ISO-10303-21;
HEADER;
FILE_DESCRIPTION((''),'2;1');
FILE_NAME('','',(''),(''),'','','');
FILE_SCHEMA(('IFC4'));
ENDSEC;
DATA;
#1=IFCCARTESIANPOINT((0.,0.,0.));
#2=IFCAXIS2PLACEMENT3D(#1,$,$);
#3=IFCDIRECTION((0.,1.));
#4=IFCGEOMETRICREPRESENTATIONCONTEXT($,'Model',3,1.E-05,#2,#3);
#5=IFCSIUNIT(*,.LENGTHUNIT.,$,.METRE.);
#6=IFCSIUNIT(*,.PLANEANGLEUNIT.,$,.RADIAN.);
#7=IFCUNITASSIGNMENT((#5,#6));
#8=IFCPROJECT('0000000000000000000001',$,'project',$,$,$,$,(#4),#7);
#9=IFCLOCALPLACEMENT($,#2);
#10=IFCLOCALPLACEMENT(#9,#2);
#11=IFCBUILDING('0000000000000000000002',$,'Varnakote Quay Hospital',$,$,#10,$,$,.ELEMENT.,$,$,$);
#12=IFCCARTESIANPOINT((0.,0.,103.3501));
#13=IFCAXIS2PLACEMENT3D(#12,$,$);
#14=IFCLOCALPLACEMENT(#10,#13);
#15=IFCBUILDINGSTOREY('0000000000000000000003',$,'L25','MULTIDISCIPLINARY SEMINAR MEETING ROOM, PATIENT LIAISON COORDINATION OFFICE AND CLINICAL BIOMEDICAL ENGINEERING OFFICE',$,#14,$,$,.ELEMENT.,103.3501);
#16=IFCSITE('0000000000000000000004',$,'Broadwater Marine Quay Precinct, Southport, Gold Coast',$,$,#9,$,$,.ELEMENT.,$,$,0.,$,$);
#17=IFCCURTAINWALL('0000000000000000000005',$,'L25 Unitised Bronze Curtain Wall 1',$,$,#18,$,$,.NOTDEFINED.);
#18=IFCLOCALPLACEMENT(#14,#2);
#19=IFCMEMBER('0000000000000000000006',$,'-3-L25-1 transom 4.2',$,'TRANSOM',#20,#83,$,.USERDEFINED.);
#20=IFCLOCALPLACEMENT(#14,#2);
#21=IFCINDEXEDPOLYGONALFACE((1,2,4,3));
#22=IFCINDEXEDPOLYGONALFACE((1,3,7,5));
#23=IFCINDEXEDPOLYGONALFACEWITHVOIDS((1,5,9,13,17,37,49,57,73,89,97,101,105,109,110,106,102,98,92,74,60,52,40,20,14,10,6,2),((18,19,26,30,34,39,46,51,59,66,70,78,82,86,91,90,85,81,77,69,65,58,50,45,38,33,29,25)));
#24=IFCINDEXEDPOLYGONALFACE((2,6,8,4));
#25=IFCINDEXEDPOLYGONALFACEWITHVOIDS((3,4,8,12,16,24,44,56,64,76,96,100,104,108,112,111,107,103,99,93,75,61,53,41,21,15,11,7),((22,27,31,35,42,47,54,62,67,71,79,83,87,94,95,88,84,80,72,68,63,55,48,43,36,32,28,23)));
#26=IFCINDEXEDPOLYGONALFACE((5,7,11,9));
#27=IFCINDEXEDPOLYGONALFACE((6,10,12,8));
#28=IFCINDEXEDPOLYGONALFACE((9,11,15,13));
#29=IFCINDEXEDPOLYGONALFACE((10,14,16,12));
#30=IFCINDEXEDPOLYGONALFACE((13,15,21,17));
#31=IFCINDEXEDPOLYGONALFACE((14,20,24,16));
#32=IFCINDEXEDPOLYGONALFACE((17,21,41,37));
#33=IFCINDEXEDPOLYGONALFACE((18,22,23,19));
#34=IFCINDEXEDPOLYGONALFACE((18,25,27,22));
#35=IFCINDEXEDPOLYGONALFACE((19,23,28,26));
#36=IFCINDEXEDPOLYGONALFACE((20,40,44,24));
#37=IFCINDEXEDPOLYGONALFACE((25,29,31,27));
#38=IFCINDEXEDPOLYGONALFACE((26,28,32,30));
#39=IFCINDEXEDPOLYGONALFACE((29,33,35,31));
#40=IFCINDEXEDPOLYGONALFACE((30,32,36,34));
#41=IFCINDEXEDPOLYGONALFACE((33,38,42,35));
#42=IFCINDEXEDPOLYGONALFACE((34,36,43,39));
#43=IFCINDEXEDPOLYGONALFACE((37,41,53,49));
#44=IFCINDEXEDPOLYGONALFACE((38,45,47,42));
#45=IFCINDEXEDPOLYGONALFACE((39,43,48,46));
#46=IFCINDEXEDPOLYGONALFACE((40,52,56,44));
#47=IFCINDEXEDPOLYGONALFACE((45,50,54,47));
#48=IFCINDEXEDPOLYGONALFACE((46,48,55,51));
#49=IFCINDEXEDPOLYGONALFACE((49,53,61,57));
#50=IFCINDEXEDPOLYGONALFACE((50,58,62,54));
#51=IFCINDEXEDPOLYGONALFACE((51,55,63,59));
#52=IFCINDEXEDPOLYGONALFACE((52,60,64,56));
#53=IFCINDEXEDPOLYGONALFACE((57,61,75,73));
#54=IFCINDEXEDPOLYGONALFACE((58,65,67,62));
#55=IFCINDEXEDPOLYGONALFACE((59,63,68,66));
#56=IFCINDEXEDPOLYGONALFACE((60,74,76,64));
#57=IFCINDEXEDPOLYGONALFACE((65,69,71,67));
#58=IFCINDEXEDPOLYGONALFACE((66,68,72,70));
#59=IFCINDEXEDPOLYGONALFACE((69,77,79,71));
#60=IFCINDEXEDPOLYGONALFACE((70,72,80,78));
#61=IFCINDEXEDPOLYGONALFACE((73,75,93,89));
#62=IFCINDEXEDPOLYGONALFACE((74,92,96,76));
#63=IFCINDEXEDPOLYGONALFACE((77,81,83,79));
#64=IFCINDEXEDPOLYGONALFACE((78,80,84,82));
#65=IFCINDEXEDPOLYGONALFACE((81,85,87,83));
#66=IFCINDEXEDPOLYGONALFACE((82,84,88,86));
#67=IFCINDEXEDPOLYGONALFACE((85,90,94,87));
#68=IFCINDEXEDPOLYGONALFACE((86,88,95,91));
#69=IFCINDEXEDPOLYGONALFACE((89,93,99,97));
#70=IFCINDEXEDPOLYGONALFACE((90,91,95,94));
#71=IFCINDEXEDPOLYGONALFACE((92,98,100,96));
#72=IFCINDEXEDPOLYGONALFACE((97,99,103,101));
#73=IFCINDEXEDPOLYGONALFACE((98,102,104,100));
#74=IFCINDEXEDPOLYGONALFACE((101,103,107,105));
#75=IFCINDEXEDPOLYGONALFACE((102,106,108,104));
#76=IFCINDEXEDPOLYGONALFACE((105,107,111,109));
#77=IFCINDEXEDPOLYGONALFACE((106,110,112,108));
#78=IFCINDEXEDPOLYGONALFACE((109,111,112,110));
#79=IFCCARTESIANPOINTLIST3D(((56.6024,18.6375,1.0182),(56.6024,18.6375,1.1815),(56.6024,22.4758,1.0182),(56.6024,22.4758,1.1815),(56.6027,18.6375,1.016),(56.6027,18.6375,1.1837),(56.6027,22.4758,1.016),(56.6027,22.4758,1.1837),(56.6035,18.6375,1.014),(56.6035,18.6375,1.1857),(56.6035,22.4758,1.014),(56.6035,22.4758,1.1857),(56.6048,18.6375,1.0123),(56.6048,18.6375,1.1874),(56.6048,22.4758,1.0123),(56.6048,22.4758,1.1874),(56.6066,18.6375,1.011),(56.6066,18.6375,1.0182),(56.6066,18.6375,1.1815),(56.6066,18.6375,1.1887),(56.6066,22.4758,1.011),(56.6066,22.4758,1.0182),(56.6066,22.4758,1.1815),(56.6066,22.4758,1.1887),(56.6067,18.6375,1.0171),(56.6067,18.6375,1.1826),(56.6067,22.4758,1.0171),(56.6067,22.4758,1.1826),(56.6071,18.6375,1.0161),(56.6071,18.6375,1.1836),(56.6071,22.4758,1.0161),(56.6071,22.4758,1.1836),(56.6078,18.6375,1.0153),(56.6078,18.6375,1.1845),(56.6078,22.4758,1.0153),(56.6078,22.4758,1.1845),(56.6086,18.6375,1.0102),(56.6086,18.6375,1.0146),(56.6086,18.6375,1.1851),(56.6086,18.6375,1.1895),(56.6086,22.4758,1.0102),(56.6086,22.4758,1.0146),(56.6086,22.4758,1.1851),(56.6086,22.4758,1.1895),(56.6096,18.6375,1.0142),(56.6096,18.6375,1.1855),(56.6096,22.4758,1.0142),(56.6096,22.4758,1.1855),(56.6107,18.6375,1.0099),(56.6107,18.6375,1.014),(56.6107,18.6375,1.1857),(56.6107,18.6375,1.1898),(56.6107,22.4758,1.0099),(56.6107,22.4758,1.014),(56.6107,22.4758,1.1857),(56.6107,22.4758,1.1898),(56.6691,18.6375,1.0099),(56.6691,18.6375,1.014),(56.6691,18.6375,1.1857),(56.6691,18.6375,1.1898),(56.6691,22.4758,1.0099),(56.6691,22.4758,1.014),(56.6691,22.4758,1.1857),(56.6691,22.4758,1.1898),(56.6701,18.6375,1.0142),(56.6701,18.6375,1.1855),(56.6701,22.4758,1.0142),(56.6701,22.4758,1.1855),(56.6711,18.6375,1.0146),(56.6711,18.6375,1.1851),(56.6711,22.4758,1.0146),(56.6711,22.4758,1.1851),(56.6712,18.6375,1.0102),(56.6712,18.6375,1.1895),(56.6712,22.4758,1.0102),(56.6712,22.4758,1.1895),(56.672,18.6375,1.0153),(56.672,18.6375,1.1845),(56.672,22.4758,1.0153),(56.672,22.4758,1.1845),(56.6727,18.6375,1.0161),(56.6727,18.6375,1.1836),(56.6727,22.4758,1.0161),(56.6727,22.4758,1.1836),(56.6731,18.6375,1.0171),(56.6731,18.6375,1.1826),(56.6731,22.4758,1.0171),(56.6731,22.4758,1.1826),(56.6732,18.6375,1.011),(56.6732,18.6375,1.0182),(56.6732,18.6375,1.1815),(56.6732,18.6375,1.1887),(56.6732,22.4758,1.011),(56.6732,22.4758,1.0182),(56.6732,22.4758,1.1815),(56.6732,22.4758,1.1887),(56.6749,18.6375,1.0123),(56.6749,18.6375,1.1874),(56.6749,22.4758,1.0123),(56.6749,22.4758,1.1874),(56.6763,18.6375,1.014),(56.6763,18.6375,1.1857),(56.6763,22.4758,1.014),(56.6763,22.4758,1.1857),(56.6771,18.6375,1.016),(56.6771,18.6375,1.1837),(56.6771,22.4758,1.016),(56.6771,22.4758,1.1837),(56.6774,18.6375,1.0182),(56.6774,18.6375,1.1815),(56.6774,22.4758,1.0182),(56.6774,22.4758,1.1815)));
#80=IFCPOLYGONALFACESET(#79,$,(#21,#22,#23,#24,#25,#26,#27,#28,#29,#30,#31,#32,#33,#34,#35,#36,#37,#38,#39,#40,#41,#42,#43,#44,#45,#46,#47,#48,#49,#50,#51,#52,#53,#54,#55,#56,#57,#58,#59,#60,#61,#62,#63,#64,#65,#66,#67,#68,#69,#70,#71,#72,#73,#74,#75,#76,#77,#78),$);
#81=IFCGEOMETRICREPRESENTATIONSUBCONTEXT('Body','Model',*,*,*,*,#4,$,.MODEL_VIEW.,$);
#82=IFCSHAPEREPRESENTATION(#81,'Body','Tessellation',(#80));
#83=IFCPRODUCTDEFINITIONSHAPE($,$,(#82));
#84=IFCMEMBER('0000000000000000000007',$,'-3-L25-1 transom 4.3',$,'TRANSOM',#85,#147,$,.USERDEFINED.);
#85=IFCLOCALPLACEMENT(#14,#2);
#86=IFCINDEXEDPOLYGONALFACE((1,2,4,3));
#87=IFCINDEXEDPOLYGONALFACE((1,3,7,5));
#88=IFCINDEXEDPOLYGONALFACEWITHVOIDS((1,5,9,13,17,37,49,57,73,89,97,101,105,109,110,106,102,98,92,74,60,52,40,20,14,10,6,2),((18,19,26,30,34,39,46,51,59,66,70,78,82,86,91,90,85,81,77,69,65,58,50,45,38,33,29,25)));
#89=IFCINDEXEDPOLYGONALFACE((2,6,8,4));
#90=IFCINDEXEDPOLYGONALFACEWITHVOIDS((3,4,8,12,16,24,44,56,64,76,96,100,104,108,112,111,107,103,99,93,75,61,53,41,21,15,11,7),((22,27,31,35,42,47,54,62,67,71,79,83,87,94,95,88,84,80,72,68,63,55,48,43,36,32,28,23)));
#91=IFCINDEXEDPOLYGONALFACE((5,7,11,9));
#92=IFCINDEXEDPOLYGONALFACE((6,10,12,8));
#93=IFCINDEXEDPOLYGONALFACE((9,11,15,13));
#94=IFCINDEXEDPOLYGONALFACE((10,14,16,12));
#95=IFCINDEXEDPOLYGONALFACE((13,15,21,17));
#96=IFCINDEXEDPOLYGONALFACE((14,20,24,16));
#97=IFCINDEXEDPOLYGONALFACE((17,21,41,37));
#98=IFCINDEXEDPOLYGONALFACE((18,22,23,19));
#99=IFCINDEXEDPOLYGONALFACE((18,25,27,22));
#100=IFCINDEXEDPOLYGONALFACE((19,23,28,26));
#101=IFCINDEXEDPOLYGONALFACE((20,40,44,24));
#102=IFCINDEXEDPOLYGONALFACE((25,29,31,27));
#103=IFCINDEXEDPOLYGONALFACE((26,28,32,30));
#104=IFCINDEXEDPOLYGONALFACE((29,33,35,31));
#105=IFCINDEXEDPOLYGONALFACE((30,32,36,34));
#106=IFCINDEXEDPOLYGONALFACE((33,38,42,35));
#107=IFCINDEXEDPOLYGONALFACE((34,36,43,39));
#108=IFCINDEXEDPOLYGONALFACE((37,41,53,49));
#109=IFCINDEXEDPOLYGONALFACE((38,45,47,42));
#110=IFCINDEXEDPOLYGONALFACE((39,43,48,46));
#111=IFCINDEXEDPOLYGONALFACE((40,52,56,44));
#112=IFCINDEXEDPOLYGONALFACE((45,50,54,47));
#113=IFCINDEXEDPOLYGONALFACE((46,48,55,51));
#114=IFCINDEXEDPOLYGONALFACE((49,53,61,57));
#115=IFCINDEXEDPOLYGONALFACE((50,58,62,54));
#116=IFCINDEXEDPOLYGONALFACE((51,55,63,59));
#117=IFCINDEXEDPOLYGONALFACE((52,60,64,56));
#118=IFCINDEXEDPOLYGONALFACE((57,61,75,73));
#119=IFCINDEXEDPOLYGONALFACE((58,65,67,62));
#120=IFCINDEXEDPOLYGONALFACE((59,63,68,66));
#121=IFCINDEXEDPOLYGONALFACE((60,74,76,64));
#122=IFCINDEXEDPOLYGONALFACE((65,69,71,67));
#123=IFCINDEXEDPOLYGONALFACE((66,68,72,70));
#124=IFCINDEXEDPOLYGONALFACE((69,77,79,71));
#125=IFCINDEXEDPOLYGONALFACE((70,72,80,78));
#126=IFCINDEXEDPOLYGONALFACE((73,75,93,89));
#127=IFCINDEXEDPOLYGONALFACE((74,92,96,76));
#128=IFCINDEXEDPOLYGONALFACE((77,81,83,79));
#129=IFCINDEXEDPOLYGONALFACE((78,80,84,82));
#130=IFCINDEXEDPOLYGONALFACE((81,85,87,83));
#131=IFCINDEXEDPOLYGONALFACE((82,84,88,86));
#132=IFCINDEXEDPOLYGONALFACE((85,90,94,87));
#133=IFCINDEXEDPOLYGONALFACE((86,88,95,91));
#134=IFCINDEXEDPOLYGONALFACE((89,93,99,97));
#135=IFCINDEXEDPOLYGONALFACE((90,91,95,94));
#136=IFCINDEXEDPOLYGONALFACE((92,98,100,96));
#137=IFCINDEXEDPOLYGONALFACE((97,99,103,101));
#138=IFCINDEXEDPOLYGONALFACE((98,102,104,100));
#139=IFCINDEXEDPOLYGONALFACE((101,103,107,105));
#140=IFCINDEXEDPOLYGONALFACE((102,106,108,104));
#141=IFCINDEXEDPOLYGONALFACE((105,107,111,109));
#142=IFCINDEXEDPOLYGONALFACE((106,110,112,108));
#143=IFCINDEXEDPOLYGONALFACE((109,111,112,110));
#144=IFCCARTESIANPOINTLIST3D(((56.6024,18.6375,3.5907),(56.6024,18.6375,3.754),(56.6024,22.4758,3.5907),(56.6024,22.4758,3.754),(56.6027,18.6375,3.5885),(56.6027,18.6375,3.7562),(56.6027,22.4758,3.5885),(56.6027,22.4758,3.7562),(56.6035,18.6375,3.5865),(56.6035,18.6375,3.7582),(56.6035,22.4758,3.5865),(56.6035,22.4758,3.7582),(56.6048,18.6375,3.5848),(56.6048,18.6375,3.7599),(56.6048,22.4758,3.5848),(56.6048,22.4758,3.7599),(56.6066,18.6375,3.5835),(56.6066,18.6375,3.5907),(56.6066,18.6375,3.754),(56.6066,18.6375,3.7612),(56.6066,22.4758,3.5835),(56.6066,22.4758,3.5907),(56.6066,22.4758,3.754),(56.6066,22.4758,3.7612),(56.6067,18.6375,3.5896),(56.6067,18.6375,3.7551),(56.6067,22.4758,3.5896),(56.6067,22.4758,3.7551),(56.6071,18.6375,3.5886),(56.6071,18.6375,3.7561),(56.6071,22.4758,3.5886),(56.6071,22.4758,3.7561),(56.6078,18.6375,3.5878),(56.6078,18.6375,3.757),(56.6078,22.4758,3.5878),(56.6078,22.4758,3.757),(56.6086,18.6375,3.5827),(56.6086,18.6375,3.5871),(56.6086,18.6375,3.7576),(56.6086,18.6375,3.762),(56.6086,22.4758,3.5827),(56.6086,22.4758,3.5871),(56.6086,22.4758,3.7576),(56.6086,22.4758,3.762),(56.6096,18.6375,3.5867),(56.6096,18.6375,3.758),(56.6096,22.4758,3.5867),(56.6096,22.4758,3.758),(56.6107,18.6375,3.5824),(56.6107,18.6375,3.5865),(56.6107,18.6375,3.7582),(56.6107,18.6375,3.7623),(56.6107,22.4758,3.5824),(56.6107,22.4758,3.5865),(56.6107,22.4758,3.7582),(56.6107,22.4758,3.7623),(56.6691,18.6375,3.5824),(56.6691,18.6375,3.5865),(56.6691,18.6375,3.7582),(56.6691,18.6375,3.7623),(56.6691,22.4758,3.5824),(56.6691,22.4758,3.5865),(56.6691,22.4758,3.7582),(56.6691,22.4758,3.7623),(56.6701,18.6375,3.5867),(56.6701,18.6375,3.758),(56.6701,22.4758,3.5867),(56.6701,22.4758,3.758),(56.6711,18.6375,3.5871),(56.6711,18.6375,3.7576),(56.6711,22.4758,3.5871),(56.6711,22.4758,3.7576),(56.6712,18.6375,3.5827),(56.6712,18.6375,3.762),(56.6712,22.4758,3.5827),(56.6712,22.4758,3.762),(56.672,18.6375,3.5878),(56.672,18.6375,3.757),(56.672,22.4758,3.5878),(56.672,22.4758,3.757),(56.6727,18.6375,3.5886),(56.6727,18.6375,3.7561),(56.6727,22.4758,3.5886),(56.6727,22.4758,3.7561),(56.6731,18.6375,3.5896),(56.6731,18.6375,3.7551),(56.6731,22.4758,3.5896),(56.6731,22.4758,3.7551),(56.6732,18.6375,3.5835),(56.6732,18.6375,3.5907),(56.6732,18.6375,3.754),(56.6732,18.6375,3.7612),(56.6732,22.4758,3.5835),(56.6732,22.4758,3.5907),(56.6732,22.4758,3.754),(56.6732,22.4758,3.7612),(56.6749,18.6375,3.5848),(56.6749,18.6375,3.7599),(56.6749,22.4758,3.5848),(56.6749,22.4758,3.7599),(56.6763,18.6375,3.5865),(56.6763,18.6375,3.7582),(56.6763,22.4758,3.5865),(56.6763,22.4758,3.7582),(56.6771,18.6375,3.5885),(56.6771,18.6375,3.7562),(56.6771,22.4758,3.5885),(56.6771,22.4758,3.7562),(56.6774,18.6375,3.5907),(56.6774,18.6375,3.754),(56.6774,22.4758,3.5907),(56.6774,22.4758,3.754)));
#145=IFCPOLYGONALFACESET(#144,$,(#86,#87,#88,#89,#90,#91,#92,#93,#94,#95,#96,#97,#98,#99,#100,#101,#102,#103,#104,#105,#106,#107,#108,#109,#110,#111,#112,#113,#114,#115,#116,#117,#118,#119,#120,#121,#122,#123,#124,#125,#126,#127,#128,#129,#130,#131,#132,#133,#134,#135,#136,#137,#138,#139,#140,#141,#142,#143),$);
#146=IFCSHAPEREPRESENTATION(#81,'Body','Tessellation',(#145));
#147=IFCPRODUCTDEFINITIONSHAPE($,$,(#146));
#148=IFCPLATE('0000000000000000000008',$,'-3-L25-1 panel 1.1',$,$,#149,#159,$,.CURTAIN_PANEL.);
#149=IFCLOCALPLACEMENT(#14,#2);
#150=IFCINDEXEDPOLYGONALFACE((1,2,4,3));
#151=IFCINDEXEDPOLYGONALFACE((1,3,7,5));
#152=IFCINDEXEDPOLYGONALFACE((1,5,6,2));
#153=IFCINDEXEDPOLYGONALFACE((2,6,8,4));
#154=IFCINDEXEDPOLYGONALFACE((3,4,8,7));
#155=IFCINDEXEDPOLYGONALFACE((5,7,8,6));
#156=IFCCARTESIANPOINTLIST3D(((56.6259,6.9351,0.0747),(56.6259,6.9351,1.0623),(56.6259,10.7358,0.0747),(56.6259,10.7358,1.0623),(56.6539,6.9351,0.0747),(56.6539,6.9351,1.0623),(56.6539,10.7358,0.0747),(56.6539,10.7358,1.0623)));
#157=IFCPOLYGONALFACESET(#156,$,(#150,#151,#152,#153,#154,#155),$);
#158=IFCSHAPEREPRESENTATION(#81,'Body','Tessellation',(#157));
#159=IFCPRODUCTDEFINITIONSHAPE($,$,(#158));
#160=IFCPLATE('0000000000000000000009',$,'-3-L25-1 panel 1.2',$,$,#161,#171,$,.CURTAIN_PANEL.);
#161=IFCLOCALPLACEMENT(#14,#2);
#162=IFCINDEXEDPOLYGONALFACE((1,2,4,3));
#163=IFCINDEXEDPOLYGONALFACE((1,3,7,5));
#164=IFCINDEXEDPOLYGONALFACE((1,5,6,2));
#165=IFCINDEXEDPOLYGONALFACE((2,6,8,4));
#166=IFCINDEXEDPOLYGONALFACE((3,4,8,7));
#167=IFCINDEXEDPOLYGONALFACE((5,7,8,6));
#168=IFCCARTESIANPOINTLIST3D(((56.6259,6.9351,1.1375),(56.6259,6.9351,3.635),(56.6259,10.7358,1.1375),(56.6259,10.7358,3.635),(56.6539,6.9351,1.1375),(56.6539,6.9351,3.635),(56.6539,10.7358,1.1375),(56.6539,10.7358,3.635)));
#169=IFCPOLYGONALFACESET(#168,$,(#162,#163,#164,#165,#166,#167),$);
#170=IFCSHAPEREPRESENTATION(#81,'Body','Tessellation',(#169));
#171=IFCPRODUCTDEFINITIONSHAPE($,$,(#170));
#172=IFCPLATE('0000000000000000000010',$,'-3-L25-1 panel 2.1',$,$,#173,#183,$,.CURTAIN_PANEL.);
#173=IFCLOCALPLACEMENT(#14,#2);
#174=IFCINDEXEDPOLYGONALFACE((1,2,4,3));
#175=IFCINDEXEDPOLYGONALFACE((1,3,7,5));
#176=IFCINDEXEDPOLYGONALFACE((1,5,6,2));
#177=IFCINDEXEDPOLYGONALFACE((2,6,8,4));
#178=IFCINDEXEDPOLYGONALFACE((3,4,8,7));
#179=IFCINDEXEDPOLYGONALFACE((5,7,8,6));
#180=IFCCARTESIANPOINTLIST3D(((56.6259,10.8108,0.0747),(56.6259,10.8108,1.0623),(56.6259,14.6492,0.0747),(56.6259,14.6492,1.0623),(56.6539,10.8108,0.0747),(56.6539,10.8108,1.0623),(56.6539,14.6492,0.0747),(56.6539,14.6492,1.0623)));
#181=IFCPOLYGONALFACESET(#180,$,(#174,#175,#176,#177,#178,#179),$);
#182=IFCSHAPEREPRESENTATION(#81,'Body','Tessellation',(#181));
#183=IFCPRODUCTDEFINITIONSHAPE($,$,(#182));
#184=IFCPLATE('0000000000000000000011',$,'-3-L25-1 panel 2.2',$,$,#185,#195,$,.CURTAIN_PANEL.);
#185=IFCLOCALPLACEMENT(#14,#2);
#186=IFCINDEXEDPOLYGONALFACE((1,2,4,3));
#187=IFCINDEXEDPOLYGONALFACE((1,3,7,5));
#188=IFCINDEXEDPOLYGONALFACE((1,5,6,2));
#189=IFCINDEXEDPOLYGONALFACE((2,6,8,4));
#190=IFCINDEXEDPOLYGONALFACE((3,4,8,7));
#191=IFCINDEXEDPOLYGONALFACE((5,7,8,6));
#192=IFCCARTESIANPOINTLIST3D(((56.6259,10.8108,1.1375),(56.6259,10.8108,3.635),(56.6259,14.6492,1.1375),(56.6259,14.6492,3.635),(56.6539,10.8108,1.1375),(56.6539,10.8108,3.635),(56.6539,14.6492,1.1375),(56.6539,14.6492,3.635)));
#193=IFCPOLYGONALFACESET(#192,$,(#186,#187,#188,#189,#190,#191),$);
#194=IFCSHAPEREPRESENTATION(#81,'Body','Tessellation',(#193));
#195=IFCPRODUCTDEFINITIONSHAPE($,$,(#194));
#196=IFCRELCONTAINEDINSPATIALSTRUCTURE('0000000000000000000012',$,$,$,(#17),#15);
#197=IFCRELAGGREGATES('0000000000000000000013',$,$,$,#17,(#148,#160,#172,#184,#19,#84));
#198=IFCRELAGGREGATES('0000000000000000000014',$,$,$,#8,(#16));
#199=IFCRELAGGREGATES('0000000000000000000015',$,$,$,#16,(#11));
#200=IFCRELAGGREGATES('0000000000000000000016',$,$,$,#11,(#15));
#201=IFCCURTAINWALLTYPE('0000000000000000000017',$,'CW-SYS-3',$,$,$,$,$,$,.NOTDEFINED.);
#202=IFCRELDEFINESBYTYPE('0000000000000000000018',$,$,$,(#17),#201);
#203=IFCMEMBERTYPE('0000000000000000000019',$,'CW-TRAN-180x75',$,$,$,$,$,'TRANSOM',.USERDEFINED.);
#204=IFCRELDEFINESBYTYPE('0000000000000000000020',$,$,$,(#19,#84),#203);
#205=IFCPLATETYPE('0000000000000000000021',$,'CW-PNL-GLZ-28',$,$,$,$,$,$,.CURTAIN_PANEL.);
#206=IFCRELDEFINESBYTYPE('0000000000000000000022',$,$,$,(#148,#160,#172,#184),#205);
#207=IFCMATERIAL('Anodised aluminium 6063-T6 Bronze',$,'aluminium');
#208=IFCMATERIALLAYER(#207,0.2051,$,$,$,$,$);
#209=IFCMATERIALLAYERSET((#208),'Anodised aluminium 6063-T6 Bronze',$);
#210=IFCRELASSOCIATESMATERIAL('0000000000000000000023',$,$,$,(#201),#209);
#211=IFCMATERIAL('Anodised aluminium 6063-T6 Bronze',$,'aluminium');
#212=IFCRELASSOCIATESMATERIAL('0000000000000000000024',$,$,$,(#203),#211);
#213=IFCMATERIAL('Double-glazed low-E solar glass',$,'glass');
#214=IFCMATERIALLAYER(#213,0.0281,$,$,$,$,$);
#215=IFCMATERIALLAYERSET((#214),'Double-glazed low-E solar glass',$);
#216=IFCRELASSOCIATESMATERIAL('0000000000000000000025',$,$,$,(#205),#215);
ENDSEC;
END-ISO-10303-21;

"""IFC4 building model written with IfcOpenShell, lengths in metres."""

from ifc_helpers import new_model, si_unit, direction, frame, origin, origin_2d, place, context, subcontext, project, spatial, rectangle, hollow_rectangle, extrude, material, layer, layer_set, material_profile, profile_set, type_object, element, aggregate, save


model = new_model("IFC4")

# Units and contexts
model_context = context("Model", 3, precision=1e-05, world=origin(), true_north=direction((0.0, 1.0)))
body_context = subcontext(model_context, "Body", "Model", "MODEL_VIEW")
ifc_project = project(units=[si_unit("LENGTHUNIT", "METRE"), si_unit("PLANEANGLEUNIT", "RADIAN")], contexts=[model_context])

# Site, building, storey
site_placement = place(None, origin())
site = spatial("IfcSite", under=ifc_project, at=site_placement, Name="Broadwater Marine Quay Precinct, Southport, Gold Coast", CompositionType="ELEMENT", RefElevation=0.0)
building_placement = place(site_placement, origin())
building = spatial("IfcBuilding", under=site, at=building_placement, Name="Varnakote Quay Hospital", CompositionType="ELEMENT")
storey_placement = place(building_placement, frame((0.0, 0.0, 103.3501)))
storey = spatial("IfcBuildingStorey", under=building, at=storey_placement, Name="L25", Description="MULTIDISCIPLINARY SEMINAR MEETING ROOM, PATIENT LIAISON COORDINATION OFFICE AND CLINICAL BIOMEDICAL ENGINEERING OFFICE", CompositionType="ELEMENT", Elevation=103.3501)

# Curtain wall, members, plates
ifc_material_1 = material(Name="Anodised aluminium 6063-T6 Bronze", Category="aluminium")
ifc_layer_1 = layer(ifc_material_1, 0.2051)
ifc_layer_set_1 = layer_set([ifc_layer_1], Name="Anodised aluminium 6063-T6 Bronze")
curtain_wall_type = type_object("IfcCurtainWallType", Name="CW-SYS-3", PredefinedType="NOTDEFINED", material=ifc_layer_set_1)
curtain_wall_placement = place(storey_placement, origin())
curtain_wall = element("IfcCurtainWall", 1, at=curtain_wall_placement, inside=storey, type_object=curtain_wall_type, Name="L25 Unitised Bronze Curtain Wall 1", PredefinedType="NOTDEFINED")
ifc_material_2 = material(Name="Anodised aluminium 6063-T6 Bronze", Category="aluminium")
ifc_material_profile_1 = material_profile(ifc_material_2, hollow_rectangle(XDim=0.075, YDim=0.1799, WallThickness=0.0042, InnerFilletRadius=0.0042, OuterFilletRadius=0.0083, at=origin_2d()), Name="CW-TRAN-180x75")
ifc_profile_set_1 = profile_set([ifc_material_profile_1], Name="Anodised aluminium 6063-T6 Bronze")
member_type_1 = type_object("IfcMemberType", Name="CW-TRAN-180x75", ElementType="TRANSOM", PredefinedType="USERDEFINED", material=ifc_profile_set_1)
member_1_placement = place(storey_placement, frame((56.6399, 18.6375, 1.0999), z_axis=(0.0, 1.0, 0.0), x_axis=(-1.0, 0.0, 0.0)))
member_1 = element("IfcMember", 2, at=member_1_placement, type_object=member_type_1, Name="-3-L25-1 transom 4.2", ObjectType="TRANSOM", PredefinedType="USERDEFINED", context=body_context, shape_type="SweptSolid", body=[
    extrude(hollow_rectangle(XDim=0.075, YDim=0.1799, WallThickness=0.0042, InnerFilletRadius=0.0042, OuterFilletRadius=0.0083, at=origin_2d()), origin(), (0.0, 0.0, 1.0), 3.8384),
])
member_2_placement = place(storey_placement, frame((56.6399, 18.6375, 3.6724), z_axis=(0.0, 1.0, 0.0), x_axis=(-1.0, 0.0, 0.0)))
member_2 = element("IfcMember", 3, at=member_2_placement, type_object=member_type_1, Name="-3-L25-1 transom 4.3", ObjectType="TRANSOM", PredefinedType="USERDEFINED", context=body_context, shape_type="SweptSolid", body=[
    extrude(hollow_rectangle(XDim=0.075, YDim=0.1799, WallThickness=0.0042, InnerFilletRadius=0.0042, OuterFilletRadius=0.0083, at=origin_2d()), origin(), (0.0, 0.0, 1.0), 3.8384),
])
ifc_material_3 = material(Name="Double-glazed low-E solar glass", Category="glass")
ifc_layer_2 = layer(ifc_material_3, 0.0281)
ifc_layer_set_2 = layer_set([ifc_layer_2], Name="Double-glazed low-E solar glass")
plate_type = type_object("IfcPlateType", Name="CW-PNL-GLZ-28", PredefinedType="CURTAIN_PANEL", material=ifc_layer_set_2)
plate_1_placement = place(storey_placement, frame((56.6399, 8.8354, 0.0747), z_axis=(0.0, 0.0, 1.0), x_axis=(0.0, 1.0, 0.0)))
plate_1 = element("IfcPlate", 4, at=plate_1_placement, type_object=plate_type, Name="-3-L25-1 panel 1.1", PredefinedType="CURTAIN_PANEL", context=body_context, shape_type="SweptSolid", body=[
    extrude(rectangle(XDim=3.8008, YDim=0.0281, at=origin_2d()), origin(), (0.0, 0.0, 1.0), 0.9875),
])
plate_2_placement = place(storey_placement, frame((56.6399, 8.8354, 1.1375), z_axis=(0.0, 0.0, 1.0), x_axis=(0.0, 1.0, 0.0)))
plate_2 = element("IfcPlate", 5, at=plate_2_placement, type_object=plate_type, Name="-3-L25-1 panel 1.2", PredefinedType="CURTAIN_PANEL", context=body_context, shape_type="SweptSolid", body=[
    extrude(rectangle(XDim=3.8008, YDim=0.0281, at=origin_2d()), origin(), (0.0, 0.0, 1.0), 2.4976),
])
plate_3_placement = place(storey_placement, frame((56.6399, 12.73, 0.0747), z_axis=(0.0, 0.0, 1.0), x_axis=(0.0, 1.0, 0.0)))
plate_3 = element("IfcPlate", 6, at=plate_3_placement, type_object=plate_type, Name="-3-L25-1 panel 2.1", PredefinedType="CURTAIN_PANEL", context=body_context, shape_type="SweptSolid", body=[
    extrude(rectangle(XDim=3.8384, YDim=0.0281, at=origin_2d()), origin(), (0.0, 0.0, 1.0), 0.9875),
])
plate_4_placement = place(storey_placement, frame((56.6399, 12.73, 1.1375), z_axis=(0.0, 0.0, 1.0), x_axis=(0.0, 1.0, 0.0)))
plate_4 = element("IfcPlate", 7, at=plate_4_placement, type_object=plate_type, Name="-3-L25-1 panel 2.2", PredefinedType="CURTAIN_PANEL", context=body_context, shape_type="SweptSolid", body=[
    extrude(rectangle(XDim=3.8384, YDim=0.0281, at=origin_2d()), origin(), (0.0, 0.0, 1.0), 2.4976),
])
aggregate(curtain_wall, [plate_1, plate_2, plate_3, plate_4, member_1, member_2])

save(model, "model.ifc")
